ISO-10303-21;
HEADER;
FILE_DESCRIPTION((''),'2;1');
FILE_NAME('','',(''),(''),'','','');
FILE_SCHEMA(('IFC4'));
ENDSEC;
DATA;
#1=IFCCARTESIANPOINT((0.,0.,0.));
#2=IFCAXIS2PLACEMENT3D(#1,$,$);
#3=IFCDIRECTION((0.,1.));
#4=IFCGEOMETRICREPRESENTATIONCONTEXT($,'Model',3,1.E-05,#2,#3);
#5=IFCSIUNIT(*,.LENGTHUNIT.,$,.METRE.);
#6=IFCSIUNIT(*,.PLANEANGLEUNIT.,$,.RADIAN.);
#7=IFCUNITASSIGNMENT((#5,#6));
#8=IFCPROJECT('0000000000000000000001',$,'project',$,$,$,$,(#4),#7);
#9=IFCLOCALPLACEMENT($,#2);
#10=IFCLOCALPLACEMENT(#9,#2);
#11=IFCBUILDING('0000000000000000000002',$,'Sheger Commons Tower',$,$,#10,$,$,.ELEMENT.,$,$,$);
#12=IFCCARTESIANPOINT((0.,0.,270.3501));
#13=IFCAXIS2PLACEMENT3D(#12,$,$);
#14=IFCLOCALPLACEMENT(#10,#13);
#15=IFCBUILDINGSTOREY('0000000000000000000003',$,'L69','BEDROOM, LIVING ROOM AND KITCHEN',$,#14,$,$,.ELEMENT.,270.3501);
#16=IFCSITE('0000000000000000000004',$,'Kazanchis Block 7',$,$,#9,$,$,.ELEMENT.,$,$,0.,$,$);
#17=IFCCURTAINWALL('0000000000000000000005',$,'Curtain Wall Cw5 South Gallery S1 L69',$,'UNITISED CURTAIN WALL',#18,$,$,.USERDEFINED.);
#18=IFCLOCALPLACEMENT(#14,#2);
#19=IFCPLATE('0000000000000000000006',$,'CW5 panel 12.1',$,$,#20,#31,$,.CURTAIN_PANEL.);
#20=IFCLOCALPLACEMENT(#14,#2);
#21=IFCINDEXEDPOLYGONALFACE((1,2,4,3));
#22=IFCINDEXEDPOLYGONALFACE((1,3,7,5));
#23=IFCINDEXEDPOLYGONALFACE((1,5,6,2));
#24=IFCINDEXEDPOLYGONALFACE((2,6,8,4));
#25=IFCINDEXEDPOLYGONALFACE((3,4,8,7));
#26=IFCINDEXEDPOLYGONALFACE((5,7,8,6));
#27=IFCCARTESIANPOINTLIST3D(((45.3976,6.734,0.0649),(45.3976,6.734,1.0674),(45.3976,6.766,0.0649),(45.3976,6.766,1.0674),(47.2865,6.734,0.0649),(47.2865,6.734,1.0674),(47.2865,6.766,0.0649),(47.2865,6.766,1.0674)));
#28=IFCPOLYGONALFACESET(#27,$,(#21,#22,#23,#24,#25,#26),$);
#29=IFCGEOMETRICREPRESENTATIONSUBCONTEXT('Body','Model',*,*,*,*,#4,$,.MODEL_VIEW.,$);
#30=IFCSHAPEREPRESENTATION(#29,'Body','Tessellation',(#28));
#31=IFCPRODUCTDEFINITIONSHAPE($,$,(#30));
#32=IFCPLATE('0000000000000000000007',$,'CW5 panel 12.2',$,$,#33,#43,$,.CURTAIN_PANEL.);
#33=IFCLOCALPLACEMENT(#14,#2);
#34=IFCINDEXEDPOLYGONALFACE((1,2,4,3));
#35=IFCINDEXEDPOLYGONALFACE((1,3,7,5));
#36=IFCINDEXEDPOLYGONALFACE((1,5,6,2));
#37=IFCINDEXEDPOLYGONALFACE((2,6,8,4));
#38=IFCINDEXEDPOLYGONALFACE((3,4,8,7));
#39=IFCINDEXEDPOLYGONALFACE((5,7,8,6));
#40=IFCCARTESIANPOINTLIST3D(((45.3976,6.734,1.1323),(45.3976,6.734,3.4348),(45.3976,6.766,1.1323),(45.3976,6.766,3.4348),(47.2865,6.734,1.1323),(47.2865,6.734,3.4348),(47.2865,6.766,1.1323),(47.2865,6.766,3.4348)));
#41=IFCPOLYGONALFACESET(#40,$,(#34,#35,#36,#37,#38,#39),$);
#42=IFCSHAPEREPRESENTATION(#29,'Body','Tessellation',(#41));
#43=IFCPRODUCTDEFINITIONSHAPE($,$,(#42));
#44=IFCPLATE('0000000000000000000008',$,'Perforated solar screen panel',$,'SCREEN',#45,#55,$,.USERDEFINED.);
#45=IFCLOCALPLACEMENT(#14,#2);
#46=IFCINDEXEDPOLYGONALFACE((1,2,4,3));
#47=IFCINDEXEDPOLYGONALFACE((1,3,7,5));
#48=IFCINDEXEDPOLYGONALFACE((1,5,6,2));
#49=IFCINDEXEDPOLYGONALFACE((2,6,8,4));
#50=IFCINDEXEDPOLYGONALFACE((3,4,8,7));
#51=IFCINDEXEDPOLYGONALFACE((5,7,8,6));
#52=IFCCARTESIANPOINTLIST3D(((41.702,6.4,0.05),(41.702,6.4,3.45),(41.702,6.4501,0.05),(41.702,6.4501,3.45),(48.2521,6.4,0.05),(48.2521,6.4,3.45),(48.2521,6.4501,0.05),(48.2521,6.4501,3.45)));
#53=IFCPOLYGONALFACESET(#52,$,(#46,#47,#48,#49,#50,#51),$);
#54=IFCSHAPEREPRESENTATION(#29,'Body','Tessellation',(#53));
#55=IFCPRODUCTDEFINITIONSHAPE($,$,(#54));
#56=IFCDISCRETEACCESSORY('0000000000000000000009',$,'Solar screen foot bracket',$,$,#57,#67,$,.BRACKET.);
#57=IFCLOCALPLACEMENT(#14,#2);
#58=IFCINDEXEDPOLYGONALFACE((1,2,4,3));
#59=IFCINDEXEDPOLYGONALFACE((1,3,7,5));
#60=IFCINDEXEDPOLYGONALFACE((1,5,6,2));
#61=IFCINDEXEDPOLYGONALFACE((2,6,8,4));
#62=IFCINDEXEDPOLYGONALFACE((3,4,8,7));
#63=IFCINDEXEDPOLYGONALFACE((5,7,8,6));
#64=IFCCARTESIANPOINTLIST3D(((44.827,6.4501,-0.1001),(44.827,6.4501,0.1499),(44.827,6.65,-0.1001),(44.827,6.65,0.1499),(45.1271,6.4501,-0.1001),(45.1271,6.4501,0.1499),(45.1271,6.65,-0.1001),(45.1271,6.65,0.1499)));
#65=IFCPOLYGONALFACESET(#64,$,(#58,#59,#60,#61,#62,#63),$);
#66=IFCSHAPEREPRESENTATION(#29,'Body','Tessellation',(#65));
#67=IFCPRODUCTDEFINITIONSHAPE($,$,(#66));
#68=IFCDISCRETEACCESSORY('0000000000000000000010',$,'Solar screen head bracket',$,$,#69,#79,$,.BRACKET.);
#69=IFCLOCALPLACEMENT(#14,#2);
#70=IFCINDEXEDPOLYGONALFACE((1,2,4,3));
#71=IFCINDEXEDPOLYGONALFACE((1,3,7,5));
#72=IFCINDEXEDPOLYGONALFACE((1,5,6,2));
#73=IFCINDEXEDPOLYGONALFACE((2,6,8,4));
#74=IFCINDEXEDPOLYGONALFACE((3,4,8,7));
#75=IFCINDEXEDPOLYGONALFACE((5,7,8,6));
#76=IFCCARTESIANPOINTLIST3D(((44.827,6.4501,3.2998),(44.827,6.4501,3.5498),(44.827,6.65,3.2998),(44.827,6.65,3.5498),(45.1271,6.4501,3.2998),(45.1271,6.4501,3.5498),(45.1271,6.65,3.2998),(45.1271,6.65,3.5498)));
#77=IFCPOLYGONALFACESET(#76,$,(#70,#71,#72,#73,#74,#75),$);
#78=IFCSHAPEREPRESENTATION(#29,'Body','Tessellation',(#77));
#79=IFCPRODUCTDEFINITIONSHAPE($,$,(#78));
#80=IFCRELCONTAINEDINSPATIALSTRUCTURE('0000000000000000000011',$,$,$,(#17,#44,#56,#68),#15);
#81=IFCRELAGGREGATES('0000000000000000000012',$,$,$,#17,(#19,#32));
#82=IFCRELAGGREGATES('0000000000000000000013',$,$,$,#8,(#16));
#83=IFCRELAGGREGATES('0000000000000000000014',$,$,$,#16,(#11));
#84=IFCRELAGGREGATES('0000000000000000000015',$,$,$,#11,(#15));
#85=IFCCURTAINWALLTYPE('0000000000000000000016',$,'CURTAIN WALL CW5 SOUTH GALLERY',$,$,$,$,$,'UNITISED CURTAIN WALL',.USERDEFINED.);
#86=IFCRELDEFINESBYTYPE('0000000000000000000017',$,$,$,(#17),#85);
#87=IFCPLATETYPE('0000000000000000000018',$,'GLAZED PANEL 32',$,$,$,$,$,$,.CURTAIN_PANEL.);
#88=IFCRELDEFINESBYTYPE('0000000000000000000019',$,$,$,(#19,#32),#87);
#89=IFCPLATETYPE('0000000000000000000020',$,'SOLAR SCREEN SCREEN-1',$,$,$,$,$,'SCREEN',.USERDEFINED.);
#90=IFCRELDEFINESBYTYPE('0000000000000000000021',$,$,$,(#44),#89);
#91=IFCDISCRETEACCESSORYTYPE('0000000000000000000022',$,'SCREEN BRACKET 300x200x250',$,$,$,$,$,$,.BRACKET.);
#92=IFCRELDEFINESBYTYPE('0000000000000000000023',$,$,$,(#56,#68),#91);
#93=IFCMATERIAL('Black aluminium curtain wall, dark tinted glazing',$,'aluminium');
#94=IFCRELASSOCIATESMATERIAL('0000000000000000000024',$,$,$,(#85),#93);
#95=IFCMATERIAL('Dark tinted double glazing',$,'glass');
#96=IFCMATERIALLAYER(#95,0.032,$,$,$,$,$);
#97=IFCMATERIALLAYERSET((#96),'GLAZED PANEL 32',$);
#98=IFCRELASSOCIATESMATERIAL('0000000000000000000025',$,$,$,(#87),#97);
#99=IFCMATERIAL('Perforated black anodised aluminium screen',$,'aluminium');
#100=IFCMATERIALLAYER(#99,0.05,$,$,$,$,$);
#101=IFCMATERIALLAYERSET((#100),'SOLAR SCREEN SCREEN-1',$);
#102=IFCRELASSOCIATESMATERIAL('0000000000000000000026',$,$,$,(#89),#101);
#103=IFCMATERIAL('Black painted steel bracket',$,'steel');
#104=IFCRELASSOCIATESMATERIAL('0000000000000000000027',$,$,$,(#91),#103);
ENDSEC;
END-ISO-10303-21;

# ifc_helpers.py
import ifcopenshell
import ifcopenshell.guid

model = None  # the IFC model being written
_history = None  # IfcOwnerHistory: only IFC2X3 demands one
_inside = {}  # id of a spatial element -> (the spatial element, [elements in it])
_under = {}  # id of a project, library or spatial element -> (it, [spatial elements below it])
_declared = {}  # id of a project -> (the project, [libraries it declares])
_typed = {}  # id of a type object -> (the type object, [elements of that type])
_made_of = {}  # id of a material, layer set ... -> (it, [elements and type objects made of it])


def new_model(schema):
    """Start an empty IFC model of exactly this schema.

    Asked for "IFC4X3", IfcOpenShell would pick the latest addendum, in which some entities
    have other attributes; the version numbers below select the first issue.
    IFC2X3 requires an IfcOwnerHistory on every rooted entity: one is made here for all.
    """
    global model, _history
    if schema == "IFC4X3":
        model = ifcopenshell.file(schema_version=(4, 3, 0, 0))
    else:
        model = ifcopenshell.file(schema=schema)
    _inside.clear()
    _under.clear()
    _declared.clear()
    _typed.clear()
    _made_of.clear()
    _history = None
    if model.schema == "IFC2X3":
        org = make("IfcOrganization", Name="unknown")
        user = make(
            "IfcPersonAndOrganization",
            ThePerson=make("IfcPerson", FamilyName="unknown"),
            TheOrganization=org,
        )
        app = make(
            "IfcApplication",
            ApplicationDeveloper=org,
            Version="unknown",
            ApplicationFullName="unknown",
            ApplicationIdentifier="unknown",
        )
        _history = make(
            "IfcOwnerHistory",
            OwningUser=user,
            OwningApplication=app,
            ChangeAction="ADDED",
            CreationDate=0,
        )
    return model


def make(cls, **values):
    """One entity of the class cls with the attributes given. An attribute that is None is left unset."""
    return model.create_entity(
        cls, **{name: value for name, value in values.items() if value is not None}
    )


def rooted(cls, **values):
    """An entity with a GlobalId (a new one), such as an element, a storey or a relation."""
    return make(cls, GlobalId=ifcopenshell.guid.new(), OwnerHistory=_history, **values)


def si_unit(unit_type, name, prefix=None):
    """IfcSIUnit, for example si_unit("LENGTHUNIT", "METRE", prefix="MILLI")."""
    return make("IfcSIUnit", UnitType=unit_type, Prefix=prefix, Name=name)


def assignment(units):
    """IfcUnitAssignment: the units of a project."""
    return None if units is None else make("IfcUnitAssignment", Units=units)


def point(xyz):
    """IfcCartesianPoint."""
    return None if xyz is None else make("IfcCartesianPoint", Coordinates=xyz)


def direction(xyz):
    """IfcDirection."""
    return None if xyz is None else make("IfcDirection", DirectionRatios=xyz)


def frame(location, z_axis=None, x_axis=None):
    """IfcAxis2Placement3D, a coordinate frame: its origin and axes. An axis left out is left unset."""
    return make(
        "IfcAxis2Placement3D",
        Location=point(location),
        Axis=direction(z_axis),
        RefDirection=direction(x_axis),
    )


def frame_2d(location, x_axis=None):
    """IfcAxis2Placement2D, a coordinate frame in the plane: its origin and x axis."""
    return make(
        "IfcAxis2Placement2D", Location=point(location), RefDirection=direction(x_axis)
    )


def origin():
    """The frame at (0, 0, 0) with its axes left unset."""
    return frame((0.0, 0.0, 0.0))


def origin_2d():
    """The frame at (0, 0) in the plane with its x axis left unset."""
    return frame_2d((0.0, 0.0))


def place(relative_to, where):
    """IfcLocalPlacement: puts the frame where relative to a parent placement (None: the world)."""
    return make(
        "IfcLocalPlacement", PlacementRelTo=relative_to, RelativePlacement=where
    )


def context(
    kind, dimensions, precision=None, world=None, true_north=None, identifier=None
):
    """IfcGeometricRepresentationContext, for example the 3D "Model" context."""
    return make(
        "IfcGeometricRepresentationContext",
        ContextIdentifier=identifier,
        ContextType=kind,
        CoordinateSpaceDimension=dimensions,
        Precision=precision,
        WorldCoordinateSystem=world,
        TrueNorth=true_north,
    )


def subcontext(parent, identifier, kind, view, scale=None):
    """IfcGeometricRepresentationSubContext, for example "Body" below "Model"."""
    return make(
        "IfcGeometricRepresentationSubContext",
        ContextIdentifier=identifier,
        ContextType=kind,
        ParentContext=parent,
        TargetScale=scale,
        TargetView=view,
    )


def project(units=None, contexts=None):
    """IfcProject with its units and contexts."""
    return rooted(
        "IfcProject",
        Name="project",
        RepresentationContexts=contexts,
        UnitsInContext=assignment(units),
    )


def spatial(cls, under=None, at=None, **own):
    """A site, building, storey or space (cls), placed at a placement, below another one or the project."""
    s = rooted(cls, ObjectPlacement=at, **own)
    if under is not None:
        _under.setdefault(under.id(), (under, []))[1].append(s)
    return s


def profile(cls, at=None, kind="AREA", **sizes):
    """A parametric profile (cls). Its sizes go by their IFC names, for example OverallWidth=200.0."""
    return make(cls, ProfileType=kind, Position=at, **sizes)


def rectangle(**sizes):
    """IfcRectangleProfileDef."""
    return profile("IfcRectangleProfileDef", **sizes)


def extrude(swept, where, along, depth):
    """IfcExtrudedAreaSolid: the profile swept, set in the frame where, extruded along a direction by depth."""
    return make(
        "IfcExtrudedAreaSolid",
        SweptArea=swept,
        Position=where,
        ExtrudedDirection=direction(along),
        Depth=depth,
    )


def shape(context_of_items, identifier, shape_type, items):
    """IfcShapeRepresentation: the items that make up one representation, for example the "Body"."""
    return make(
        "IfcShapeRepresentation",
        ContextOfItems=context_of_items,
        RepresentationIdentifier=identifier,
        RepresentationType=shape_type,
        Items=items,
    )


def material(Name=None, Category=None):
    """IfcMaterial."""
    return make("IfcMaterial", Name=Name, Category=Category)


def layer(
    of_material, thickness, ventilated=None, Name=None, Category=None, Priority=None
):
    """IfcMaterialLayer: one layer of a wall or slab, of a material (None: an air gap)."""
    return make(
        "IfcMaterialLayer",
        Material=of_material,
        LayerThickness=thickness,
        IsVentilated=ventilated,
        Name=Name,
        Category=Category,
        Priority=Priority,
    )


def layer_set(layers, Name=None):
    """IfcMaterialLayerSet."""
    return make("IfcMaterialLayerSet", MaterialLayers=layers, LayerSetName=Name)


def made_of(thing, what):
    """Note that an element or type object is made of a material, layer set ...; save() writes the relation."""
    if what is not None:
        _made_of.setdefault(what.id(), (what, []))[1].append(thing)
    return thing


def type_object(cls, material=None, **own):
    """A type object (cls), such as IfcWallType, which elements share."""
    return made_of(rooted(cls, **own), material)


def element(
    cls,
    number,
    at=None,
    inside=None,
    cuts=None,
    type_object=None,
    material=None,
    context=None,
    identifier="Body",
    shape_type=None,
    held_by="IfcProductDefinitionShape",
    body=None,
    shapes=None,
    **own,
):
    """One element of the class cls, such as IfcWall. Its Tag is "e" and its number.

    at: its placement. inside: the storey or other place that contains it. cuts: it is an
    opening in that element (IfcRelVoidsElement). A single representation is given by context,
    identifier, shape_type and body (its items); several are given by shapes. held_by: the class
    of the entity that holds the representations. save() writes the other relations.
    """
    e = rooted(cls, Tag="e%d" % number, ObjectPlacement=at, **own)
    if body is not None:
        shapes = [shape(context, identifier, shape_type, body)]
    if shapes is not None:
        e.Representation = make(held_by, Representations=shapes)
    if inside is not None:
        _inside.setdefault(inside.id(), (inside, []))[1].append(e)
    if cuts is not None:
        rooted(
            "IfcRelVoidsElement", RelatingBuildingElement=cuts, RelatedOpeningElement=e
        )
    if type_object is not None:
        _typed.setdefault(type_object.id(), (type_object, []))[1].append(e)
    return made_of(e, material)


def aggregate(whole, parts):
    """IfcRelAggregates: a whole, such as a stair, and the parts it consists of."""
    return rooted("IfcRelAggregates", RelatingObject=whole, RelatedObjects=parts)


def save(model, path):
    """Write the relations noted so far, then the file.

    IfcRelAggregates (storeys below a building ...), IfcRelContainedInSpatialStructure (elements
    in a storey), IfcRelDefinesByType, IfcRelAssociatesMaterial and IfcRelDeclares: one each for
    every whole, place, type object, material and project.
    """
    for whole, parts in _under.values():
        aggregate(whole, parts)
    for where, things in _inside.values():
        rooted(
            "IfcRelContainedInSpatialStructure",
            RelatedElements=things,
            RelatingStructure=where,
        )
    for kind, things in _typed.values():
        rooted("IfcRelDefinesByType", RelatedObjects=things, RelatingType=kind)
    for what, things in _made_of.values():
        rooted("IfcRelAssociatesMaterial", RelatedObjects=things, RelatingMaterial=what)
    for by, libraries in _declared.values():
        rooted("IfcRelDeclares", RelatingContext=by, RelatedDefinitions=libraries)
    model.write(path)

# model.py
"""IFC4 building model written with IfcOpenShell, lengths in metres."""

from ifc_helpers import new_model, si_unit, direction, frame, origin, origin_2d, place, context, subcontext, project, spatial, rectangle, extrude, material, layer, layer_set, type_object, element, aggregate, save


model = new_model("IFC4")

# Units and contexts
model_context = context("Model", 3, precision=1e-05, world=origin(), true_north=direction((0.0, 1.0)))
body_context = subcontext(model_context, "Body", "Model", "MODEL_VIEW")
ifc_project = project(units=[si_unit("LENGTHUNIT", "METRE"), si_unit("PLANEANGLEUNIT", "RADIAN")], contexts=[model_context])

# Site, building, storey
site_placement = place(None, origin())
site = spatial("IfcSite", under=ifc_project, at=site_placement, Name="Kazanchis Block 7", CompositionType="ELEMENT", RefElevation=0.0)
building_placement = place(site_placement, origin())
building = spatial("IfcBuilding", under=site, at=building_placement, Name="Sheger Commons Tower", CompositionType="ELEMENT")
storey_placement = place(building_placement, frame((0.0, 0.0, 270.3501)))
storey = spatial("IfcBuildingStorey", under=building, at=storey_placement, Name="L69", Description="BEDROOM, LIVING ROOM AND KITCHEN", CompositionType="ELEMENT", Elevation=270.3501)

# Curtain wall, plates
ifc_material_1 = material(Name="Black aluminium curtain wall, dark tinted glazing", Category="aluminium")
curtain_wall_type = type_object("IfcCurtainWallType", Name="CURTAIN WALL CW5 SOUTH GALLERY", ElementType="UNITISED CURTAIN WALL", PredefinedType="USERDEFINED", material=ifc_material_1)
curtain_wall_placement = place(storey_placement, origin())
curtain_wall = element("IfcCurtainWall", 1, at=curtain_wall_placement, inside=storey, type_object=curtain_wall_type, Name="Curtain Wall Cw5 South Gallery S1 L69", ObjectType="UNITISED CURTAIN WALL", PredefinedType="USERDEFINED")
ifc_material_2 = material(Name="Dark tinted double glazing", Category="glass")
ifc_layer_1 = layer(ifc_material_2, 0.032)
ifc_layer_set_1 = layer_set([ifc_layer_1], Name="GLAZED PANEL 32")
plate_type_1 = type_object("IfcPlateType", Name="GLAZED PANEL 32", PredefinedType="CURTAIN_PANEL", material=ifc_layer_set_1)
plate_1_placement = place(storey_placement, frame((46.342, 6.75, 0.0649), z_axis=(0.0, 0.0, 1.0), x_axis=(1.0, 0.0, 0.0)))
plate_1 = element("IfcPlate", 2, at=plate_1_placement, type_object=plate_type_1, Name="CW5 panel 12.1", PredefinedType="CURTAIN_PANEL", context=body_context, shape_type="SweptSolid", body=[
    extrude(rectangle(XDim=1.8889, YDim=0.032, at=origin_2d()), origin(), (0.0, 0.0, 1.0), 1.0024),
])
plate_2_placement = place(storey_placement, frame((46.342, 6.75, 1.1323), z_axis=(0.0, 0.0, 1.0), x_axis=(1.0, 0.0, 0.0)))
plate_2 = element("IfcPlate", 3, at=plate_2_placement, type_object=plate_type_1, Name="CW5 panel 12.2", PredefinedType="CURTAIN_PANEL", context=body_context, shape_type="SweptSolid", body=[
    extrude(rectangle(XDim=1.8889, YDim=0.032, at=origin_2d()), origin(), (0.0, 0.0, 1.0), 2.3025),
])
aggregate(curtain_wall, [plate_1, plate_2])

# Plate
ifc_material_3 = material(Name="Perforated black anodised aluminium screen", Category="aluminium")
ifc_layer_2 = layer(ifc_material_3, 0.05)
ifc_layer_set_2 = layer_set([ifc_layer_2], Name="SOLAR SCREEN SCREEN-1")
plate_type_2 = type_object("IfcPlateType", Name="SOLAR SCREEN SCREEN-1", ElementType="SCREEN", PredefinedType="USERDEFINED", material=ifc_layer_set_2)
plate_3_placement = place(storey_placement, frame((44.9771, 6.425, 0.05), z_axis=(0.0, 0.0, 1.0), x_axis=(1.0, 0.0, 0.0)))
element("IfcPlate", 4, at=plate_3_placement, inside=storey, type_object=plate_type_2, Name="Perforated solar screen panel", ObjectType="SCREEN", PredefinedType="USERDEFINED", context=body_context, shape_type="SweptSolid", body=[
    extrude(rectangle(XDim=6.55, YDim=0.05, at=origin_2d()), origin(), (0.0, 0.0, 1.0), 3.3999),
])

# Discrete accessories
ifc_material_4 = material(Name="Black painted steel bracket", Category="steel")
discrete_accessory_type = type_object("IfcDiscreteAccessoryType", Name="SCREEN BRACKET 300x200x250", PredefinedType="BRACKET", material=ifc_material_4)
for number, where, z_axis, x_axis, name in (
    (5, (44.9771, 6.55, -0.1001), (0.0, 0.0, 1.0), (1.0, 0.0, 0.0), "Solar screen foot bracket"),
    (6, (44.9771, 6.55, 3.2998), (0.0, 0.0, 1.0), (1.0, 0.0, 0.0), "Solar screen head bracket"),
):
    element("IfcDiscreteAccessory", number, at=place(storey_placement, frame(where, z_axis=z_axis, x_axis=x_axis)), inside=storey, type_object=discrete_accessory_type, Name=name, PredefinedType="BRACKET", context=body_context, shape_type="SweptSolid", body=[
        extrude(rectangle(XDim=0.3, YDim=0.2, at=origin_2d()), origin(), (0.0, 0.0, 1.0), 0.25),
    ])

save(model, "model.ifc")
